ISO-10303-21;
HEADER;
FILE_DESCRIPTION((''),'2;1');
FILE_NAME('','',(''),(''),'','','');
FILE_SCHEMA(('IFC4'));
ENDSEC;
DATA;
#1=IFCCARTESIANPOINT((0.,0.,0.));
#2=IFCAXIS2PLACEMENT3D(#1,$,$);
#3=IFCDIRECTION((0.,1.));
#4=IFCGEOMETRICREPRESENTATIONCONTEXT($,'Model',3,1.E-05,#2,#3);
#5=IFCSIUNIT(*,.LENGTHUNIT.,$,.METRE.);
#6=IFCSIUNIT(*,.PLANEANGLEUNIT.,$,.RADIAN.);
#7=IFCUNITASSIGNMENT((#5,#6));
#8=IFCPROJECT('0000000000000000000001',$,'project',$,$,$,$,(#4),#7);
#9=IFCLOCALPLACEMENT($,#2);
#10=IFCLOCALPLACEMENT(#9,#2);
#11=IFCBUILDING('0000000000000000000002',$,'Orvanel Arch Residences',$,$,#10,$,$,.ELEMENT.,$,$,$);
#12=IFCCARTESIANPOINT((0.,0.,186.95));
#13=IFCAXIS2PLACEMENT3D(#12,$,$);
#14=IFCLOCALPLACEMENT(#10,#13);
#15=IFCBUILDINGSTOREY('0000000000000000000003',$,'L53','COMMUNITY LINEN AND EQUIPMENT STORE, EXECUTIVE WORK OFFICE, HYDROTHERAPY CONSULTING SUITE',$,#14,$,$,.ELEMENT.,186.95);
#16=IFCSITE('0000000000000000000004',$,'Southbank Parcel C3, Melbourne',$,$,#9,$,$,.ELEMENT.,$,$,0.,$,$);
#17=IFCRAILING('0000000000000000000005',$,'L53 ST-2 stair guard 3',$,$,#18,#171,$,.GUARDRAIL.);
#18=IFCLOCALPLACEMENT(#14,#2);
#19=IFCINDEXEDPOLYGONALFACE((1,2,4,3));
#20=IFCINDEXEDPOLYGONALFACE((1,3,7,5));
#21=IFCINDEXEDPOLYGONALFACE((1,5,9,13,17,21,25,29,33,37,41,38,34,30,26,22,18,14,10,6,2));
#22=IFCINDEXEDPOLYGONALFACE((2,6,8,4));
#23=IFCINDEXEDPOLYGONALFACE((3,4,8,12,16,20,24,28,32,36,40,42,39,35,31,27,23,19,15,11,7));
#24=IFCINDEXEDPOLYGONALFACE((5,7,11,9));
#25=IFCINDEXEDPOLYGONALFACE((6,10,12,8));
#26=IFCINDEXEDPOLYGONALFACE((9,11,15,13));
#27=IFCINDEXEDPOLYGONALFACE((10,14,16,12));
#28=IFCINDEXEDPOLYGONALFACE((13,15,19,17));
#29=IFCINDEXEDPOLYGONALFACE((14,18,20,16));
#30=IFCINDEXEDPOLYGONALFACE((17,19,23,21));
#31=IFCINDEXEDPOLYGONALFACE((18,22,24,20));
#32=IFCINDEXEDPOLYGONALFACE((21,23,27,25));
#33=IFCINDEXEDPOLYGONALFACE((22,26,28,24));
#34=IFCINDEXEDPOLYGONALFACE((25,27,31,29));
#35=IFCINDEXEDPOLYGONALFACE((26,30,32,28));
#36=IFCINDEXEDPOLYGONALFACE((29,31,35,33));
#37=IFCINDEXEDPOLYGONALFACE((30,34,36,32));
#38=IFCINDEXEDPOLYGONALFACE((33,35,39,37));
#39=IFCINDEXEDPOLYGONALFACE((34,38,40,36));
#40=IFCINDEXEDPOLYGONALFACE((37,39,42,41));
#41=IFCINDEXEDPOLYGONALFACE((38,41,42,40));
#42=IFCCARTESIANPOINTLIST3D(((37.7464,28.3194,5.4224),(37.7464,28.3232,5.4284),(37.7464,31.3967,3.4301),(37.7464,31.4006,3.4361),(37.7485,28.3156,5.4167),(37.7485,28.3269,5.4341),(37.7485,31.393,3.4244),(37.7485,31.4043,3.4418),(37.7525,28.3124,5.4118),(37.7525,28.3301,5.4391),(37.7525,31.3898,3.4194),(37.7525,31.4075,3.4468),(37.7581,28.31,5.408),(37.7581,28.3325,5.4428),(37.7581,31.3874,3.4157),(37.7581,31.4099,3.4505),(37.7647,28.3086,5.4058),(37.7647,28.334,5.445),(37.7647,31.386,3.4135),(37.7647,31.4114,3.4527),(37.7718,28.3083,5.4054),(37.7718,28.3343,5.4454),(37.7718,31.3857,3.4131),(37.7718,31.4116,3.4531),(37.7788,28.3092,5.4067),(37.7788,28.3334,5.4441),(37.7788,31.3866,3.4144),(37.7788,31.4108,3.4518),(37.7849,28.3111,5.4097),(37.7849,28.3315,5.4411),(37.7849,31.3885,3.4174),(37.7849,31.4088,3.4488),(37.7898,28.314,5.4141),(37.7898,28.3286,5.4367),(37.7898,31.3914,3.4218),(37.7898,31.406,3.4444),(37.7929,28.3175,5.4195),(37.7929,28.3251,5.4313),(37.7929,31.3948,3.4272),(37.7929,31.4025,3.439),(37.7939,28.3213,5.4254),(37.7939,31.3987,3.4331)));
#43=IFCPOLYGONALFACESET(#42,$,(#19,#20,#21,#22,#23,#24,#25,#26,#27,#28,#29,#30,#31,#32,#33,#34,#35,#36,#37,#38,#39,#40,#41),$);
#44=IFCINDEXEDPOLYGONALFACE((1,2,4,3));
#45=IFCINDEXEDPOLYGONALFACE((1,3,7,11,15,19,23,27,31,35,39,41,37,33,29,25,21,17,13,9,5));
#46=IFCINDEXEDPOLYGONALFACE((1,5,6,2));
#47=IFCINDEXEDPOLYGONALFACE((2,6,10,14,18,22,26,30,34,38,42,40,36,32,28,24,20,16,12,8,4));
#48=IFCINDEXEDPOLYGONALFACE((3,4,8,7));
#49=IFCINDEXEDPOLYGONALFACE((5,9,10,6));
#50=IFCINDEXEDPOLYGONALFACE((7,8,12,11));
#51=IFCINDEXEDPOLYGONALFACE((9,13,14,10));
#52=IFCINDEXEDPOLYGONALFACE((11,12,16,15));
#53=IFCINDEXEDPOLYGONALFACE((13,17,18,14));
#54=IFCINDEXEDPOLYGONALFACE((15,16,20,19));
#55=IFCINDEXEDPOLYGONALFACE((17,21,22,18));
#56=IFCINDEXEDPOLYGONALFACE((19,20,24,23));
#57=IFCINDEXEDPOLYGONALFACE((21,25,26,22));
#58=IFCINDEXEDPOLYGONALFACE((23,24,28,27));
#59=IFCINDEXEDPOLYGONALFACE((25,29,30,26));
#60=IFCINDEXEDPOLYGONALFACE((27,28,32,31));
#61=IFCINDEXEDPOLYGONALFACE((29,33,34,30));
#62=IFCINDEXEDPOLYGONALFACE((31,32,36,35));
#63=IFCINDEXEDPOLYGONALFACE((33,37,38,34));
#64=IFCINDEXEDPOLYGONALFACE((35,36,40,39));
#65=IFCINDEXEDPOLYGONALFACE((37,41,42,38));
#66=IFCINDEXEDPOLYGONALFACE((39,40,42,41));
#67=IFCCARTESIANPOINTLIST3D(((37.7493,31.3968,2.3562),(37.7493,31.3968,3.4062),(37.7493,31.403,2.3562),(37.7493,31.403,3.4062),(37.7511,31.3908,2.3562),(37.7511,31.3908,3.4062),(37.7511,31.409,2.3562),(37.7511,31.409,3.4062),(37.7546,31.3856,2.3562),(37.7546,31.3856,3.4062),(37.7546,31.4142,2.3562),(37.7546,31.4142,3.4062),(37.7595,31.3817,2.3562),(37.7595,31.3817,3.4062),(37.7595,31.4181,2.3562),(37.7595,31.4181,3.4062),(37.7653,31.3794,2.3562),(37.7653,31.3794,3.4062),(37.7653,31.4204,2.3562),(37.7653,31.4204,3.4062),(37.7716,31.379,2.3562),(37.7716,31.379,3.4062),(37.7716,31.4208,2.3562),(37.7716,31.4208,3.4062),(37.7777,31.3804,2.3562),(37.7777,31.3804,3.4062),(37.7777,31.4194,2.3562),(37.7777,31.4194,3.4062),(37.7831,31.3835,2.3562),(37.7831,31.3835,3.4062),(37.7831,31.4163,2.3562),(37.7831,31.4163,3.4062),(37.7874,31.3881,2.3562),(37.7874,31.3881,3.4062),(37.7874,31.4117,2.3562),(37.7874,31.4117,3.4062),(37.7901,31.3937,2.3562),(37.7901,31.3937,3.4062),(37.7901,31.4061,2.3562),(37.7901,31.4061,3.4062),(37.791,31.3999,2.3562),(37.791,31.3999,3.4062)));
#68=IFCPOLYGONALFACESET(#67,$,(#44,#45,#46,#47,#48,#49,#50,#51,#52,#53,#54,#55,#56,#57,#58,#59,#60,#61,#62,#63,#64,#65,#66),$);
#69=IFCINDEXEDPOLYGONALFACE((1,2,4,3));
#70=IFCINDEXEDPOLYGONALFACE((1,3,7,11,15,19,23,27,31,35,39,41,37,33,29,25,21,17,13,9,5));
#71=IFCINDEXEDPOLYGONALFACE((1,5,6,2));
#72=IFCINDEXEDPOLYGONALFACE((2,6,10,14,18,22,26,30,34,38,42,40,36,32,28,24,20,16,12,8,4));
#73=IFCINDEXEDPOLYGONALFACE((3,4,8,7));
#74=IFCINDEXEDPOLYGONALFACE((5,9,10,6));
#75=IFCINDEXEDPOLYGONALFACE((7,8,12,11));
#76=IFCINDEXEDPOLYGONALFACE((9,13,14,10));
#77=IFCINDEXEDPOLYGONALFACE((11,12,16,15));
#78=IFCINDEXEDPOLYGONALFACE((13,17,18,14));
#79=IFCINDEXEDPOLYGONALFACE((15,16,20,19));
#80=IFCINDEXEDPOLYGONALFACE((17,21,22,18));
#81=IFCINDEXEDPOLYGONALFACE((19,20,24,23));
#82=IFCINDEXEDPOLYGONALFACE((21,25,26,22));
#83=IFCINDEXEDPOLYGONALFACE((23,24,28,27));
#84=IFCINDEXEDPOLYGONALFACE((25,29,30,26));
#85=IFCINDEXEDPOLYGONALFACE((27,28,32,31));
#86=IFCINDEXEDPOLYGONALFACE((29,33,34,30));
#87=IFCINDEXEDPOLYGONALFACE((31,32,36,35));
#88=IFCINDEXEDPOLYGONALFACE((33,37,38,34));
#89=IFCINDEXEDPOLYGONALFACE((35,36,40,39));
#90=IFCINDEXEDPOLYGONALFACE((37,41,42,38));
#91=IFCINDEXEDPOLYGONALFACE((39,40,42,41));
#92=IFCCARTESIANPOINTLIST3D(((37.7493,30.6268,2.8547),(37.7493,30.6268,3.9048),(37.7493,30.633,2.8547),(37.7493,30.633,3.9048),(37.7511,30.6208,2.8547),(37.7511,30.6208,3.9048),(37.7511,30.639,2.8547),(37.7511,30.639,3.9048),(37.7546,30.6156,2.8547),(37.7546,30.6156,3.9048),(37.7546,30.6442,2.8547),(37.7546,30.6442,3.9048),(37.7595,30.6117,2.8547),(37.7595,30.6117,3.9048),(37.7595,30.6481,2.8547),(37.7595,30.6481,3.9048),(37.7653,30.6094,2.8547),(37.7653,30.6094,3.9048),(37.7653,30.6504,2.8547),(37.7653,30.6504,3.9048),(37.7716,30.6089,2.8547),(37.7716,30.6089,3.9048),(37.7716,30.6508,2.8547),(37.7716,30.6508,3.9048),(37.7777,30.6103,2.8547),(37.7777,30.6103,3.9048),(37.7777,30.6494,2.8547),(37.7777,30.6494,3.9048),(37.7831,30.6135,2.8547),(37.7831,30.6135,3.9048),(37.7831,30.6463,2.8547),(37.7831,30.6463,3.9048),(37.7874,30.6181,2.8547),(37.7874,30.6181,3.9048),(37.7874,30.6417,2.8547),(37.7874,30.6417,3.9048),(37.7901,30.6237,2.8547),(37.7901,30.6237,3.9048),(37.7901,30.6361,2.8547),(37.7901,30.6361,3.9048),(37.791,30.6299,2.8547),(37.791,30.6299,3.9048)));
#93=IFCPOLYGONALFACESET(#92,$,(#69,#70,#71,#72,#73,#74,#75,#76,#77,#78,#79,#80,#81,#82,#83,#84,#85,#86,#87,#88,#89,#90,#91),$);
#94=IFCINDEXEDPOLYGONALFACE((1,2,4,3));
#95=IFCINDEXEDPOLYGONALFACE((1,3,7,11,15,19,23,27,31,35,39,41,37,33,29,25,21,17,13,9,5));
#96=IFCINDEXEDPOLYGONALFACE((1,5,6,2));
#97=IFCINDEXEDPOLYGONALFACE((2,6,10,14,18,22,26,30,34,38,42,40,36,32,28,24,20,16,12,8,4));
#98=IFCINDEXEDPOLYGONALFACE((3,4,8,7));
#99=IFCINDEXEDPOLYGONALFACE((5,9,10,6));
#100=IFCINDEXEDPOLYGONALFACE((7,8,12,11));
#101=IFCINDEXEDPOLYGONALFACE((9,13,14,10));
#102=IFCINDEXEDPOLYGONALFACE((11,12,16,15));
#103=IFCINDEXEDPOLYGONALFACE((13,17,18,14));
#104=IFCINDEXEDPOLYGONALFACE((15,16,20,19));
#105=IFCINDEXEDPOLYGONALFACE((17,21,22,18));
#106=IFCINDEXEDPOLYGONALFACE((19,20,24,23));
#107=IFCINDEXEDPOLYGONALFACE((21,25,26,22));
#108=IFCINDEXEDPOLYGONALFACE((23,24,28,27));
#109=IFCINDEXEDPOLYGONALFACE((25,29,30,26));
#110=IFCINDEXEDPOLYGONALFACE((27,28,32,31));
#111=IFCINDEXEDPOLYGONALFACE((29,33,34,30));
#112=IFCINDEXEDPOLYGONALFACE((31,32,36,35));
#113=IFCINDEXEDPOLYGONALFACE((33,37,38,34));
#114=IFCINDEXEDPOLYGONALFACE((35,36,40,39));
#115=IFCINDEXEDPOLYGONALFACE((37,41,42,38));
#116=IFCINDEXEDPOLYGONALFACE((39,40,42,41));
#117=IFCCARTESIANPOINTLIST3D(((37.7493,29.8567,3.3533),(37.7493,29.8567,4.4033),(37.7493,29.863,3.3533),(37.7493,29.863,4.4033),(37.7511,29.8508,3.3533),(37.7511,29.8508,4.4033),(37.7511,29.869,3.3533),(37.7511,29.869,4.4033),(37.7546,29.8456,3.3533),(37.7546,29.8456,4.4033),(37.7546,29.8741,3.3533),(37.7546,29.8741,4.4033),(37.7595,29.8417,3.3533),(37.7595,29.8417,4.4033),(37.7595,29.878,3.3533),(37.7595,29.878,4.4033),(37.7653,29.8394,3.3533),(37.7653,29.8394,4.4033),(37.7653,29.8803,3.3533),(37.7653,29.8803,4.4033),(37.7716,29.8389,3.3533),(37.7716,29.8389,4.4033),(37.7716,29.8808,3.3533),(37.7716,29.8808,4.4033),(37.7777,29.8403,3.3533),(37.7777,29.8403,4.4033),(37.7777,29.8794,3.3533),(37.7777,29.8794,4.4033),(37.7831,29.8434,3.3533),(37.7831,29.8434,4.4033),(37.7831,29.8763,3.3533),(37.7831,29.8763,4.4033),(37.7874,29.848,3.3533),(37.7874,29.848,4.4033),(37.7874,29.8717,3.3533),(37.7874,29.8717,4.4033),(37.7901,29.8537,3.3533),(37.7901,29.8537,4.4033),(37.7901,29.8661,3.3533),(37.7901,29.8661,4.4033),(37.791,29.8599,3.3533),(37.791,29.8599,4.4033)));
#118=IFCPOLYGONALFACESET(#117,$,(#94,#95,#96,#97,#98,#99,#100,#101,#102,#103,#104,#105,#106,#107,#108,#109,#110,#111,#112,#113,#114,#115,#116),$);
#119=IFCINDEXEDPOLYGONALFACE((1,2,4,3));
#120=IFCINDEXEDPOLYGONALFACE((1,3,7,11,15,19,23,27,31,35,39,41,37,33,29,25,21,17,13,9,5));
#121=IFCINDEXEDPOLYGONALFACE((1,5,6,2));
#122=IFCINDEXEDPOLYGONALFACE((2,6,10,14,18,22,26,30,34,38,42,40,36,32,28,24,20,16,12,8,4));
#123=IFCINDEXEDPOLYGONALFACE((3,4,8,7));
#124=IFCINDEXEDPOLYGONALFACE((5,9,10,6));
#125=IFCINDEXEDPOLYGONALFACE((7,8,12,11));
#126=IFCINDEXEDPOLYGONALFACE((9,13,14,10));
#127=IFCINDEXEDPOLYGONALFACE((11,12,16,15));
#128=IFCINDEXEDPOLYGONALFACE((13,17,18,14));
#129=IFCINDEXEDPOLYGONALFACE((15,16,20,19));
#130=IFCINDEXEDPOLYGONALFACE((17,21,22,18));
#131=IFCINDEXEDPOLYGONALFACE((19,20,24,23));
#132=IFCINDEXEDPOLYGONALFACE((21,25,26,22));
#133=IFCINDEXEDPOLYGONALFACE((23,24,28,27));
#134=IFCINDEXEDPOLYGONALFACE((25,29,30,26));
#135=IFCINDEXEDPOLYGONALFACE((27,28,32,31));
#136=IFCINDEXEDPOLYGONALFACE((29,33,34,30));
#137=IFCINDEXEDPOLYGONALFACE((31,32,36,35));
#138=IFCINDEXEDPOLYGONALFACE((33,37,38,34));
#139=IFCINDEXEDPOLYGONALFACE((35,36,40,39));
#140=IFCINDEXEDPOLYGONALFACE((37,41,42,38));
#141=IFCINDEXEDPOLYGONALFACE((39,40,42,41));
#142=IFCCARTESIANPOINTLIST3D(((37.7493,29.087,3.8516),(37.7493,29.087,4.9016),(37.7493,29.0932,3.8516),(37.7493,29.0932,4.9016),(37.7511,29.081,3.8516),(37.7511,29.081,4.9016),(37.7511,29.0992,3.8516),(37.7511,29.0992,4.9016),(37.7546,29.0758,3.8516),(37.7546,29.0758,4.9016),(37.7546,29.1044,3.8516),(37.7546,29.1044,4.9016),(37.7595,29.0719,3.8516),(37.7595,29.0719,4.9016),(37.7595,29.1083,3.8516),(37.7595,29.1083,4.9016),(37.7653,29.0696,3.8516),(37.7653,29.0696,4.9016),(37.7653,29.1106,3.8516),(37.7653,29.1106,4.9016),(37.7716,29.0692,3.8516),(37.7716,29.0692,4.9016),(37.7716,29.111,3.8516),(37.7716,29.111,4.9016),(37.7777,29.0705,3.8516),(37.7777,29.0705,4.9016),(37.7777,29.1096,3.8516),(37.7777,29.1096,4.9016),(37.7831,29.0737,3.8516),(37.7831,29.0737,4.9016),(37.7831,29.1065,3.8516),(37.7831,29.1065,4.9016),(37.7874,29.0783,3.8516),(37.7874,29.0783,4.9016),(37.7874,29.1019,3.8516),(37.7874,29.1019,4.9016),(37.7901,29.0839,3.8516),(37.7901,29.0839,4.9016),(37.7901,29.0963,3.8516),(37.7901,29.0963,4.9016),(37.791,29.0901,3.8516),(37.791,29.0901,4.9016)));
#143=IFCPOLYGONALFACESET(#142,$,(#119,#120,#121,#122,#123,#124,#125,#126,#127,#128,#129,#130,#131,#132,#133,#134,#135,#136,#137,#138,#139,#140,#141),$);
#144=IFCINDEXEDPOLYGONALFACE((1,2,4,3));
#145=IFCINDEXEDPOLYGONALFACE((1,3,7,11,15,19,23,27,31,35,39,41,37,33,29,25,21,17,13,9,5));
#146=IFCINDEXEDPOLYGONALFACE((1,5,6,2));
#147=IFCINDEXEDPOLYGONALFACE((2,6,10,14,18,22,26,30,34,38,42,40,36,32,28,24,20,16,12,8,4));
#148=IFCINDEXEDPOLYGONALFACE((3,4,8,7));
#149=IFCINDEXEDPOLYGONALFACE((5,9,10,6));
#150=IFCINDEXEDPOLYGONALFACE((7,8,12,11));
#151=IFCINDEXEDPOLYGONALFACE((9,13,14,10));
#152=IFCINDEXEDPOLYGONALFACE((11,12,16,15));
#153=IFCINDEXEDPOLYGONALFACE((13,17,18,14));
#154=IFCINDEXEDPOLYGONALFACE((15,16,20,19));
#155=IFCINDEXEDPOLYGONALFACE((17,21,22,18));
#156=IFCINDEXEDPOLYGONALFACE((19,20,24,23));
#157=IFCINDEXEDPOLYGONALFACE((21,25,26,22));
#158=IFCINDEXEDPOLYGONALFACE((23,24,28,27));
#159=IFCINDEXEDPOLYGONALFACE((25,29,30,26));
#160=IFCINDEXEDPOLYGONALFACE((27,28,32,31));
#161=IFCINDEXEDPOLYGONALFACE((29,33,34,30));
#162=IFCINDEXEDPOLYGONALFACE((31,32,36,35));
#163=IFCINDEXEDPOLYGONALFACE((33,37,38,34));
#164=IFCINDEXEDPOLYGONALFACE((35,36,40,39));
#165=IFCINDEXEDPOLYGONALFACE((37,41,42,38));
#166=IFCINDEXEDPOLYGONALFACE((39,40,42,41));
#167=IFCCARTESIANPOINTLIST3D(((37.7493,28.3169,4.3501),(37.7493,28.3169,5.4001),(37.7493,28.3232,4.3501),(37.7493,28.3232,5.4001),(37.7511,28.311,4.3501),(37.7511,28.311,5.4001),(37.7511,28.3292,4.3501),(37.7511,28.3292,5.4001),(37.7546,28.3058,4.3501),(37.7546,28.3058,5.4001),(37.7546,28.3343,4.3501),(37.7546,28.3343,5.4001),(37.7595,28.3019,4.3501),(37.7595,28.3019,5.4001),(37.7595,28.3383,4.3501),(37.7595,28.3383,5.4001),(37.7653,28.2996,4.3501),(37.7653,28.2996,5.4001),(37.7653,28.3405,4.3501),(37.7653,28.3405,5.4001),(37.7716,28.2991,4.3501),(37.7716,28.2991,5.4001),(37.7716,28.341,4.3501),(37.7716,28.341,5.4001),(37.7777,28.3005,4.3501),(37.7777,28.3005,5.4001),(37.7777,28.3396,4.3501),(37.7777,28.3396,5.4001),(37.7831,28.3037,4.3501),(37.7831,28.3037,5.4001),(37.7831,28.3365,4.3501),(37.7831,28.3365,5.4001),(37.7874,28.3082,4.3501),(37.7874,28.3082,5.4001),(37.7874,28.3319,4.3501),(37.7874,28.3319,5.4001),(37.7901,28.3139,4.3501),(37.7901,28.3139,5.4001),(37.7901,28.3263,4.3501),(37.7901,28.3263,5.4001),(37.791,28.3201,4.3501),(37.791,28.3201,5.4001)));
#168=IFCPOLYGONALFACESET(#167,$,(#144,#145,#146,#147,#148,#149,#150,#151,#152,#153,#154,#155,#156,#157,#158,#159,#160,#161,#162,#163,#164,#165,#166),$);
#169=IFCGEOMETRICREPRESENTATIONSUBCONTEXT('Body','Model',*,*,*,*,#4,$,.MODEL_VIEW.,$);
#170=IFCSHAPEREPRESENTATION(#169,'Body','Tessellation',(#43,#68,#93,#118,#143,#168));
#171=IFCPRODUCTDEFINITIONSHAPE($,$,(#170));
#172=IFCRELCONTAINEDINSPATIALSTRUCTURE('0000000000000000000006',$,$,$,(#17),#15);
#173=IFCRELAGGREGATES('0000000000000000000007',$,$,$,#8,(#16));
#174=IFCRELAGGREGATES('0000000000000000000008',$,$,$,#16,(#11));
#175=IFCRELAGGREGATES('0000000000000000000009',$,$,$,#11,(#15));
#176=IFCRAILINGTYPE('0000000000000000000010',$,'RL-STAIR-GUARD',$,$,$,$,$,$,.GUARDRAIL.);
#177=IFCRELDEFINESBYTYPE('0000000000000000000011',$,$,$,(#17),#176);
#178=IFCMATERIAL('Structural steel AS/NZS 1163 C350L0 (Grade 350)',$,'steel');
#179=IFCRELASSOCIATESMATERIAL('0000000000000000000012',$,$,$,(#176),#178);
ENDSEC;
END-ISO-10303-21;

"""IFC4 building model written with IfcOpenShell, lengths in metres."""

from ifc_helpers import new_model, si_unit, direction, frame, origin, origin_2d, place, context, subcontext, project, spatial, circle, extrude, material, type_object, element, save


model = new_model("IFC4")

# Units and contexts
model_context = context("Model", 3, precision=1e-05, world=origin(), true_north=direction((0.0, 1.0)))
body_context = subcontext(model_context, "Body", "Model", "MODEL_VIEW")
ifc_project = project(units=[si_unit("LENGTHUNIT", "METRE"), si_unit("PLANEANGLEUNIT", "RADIAN")], contexts=[model_context])

# Site, building, storey
site_placement = place(None, origin())
site = spatial("IfcSite", under=ifc_project, at=site_placement, Name="Southbank Parcel C3, Melbourne", CompositionType="ELEMENT", RefElevation=0.0)
building_placement = place(site_placement, origin())
building = spatial("IfcBuilding", under=site, at=building_placement, Name="Orvanel Arch Residences", CompositionType="ELEMENT")
storey_placement = place(building_placement, frame((0.0, 0.0, 186.95)))
storey = spatial("IfcBuildingStorey", under=building, at=storey_placement, Name="L53", Description="COMMUNITY LINEN AND EQUIPMENT STORE, EXECUTIVE WORK OFFICE, HYDROTHERAPY CONSULTING SUITE", CompositionType="ELEMENT", Elevation=186.95)

# Railing
ifc_material_1 = material(Name="Structural steel AS/NZS 1163 C350L0 (Grade 350)", Category="steel")
railing_type_1 = type_object("IfcRailingType", Name="RL-STAIR-GUARD", PredefinedType="GUARDRAIL", material=ifc_material_1)
railing_1_placement = place(storey_placement, frame((37.77, 31.3999, 2.3562)))
element("IfcRailing", 1, at=railing_1_placement, inside=storey, type_object=railing_type_1, Name="L53 ST-2 stair guard 3", PredefinedType="GUARDRAIL", context=body_context, shape_type="SweptSolid", body=[
    extrude(circle(Radius=0.0239, at=origin_2d()), frame((0.0, -0.0012, 1.0769), z_axis=(0.0, -0.839438, 0.543455), x_axis=(1.0, 0.0, 0.0)), (0.0, 0.0, 1.0), 3.666),
    extrude(circle(Radius=0.021, at=origin_2d()), origin(), (0.0, 0.0, 1.0), 1.05),
    extrude(circle(Radius=0.021, at=origin_2d()), frame((0.0, -0.77, 0.4985)), (0.0, 0.0, 1.0), 1.05),
    extrude(circle(Radius=0.021, at=origin_2d()), frame((0.0, -1.54, 0.9971)), (0.0, 0.0, 1.0), 1.05),
    extrude(circle(Radius=0.021, at=origin_2d()), frame((0.0, -2.3098, 1.4954)), (0.0, 0.0, 1.0), 1.05),
    extrude(circle(Radius=0.021, at=origin_2d()), frame((0.0, -3.0798, 1.9939)), (0.0, 0.0, 1.0), 1.05),
])

save(model, "model.ifc")
